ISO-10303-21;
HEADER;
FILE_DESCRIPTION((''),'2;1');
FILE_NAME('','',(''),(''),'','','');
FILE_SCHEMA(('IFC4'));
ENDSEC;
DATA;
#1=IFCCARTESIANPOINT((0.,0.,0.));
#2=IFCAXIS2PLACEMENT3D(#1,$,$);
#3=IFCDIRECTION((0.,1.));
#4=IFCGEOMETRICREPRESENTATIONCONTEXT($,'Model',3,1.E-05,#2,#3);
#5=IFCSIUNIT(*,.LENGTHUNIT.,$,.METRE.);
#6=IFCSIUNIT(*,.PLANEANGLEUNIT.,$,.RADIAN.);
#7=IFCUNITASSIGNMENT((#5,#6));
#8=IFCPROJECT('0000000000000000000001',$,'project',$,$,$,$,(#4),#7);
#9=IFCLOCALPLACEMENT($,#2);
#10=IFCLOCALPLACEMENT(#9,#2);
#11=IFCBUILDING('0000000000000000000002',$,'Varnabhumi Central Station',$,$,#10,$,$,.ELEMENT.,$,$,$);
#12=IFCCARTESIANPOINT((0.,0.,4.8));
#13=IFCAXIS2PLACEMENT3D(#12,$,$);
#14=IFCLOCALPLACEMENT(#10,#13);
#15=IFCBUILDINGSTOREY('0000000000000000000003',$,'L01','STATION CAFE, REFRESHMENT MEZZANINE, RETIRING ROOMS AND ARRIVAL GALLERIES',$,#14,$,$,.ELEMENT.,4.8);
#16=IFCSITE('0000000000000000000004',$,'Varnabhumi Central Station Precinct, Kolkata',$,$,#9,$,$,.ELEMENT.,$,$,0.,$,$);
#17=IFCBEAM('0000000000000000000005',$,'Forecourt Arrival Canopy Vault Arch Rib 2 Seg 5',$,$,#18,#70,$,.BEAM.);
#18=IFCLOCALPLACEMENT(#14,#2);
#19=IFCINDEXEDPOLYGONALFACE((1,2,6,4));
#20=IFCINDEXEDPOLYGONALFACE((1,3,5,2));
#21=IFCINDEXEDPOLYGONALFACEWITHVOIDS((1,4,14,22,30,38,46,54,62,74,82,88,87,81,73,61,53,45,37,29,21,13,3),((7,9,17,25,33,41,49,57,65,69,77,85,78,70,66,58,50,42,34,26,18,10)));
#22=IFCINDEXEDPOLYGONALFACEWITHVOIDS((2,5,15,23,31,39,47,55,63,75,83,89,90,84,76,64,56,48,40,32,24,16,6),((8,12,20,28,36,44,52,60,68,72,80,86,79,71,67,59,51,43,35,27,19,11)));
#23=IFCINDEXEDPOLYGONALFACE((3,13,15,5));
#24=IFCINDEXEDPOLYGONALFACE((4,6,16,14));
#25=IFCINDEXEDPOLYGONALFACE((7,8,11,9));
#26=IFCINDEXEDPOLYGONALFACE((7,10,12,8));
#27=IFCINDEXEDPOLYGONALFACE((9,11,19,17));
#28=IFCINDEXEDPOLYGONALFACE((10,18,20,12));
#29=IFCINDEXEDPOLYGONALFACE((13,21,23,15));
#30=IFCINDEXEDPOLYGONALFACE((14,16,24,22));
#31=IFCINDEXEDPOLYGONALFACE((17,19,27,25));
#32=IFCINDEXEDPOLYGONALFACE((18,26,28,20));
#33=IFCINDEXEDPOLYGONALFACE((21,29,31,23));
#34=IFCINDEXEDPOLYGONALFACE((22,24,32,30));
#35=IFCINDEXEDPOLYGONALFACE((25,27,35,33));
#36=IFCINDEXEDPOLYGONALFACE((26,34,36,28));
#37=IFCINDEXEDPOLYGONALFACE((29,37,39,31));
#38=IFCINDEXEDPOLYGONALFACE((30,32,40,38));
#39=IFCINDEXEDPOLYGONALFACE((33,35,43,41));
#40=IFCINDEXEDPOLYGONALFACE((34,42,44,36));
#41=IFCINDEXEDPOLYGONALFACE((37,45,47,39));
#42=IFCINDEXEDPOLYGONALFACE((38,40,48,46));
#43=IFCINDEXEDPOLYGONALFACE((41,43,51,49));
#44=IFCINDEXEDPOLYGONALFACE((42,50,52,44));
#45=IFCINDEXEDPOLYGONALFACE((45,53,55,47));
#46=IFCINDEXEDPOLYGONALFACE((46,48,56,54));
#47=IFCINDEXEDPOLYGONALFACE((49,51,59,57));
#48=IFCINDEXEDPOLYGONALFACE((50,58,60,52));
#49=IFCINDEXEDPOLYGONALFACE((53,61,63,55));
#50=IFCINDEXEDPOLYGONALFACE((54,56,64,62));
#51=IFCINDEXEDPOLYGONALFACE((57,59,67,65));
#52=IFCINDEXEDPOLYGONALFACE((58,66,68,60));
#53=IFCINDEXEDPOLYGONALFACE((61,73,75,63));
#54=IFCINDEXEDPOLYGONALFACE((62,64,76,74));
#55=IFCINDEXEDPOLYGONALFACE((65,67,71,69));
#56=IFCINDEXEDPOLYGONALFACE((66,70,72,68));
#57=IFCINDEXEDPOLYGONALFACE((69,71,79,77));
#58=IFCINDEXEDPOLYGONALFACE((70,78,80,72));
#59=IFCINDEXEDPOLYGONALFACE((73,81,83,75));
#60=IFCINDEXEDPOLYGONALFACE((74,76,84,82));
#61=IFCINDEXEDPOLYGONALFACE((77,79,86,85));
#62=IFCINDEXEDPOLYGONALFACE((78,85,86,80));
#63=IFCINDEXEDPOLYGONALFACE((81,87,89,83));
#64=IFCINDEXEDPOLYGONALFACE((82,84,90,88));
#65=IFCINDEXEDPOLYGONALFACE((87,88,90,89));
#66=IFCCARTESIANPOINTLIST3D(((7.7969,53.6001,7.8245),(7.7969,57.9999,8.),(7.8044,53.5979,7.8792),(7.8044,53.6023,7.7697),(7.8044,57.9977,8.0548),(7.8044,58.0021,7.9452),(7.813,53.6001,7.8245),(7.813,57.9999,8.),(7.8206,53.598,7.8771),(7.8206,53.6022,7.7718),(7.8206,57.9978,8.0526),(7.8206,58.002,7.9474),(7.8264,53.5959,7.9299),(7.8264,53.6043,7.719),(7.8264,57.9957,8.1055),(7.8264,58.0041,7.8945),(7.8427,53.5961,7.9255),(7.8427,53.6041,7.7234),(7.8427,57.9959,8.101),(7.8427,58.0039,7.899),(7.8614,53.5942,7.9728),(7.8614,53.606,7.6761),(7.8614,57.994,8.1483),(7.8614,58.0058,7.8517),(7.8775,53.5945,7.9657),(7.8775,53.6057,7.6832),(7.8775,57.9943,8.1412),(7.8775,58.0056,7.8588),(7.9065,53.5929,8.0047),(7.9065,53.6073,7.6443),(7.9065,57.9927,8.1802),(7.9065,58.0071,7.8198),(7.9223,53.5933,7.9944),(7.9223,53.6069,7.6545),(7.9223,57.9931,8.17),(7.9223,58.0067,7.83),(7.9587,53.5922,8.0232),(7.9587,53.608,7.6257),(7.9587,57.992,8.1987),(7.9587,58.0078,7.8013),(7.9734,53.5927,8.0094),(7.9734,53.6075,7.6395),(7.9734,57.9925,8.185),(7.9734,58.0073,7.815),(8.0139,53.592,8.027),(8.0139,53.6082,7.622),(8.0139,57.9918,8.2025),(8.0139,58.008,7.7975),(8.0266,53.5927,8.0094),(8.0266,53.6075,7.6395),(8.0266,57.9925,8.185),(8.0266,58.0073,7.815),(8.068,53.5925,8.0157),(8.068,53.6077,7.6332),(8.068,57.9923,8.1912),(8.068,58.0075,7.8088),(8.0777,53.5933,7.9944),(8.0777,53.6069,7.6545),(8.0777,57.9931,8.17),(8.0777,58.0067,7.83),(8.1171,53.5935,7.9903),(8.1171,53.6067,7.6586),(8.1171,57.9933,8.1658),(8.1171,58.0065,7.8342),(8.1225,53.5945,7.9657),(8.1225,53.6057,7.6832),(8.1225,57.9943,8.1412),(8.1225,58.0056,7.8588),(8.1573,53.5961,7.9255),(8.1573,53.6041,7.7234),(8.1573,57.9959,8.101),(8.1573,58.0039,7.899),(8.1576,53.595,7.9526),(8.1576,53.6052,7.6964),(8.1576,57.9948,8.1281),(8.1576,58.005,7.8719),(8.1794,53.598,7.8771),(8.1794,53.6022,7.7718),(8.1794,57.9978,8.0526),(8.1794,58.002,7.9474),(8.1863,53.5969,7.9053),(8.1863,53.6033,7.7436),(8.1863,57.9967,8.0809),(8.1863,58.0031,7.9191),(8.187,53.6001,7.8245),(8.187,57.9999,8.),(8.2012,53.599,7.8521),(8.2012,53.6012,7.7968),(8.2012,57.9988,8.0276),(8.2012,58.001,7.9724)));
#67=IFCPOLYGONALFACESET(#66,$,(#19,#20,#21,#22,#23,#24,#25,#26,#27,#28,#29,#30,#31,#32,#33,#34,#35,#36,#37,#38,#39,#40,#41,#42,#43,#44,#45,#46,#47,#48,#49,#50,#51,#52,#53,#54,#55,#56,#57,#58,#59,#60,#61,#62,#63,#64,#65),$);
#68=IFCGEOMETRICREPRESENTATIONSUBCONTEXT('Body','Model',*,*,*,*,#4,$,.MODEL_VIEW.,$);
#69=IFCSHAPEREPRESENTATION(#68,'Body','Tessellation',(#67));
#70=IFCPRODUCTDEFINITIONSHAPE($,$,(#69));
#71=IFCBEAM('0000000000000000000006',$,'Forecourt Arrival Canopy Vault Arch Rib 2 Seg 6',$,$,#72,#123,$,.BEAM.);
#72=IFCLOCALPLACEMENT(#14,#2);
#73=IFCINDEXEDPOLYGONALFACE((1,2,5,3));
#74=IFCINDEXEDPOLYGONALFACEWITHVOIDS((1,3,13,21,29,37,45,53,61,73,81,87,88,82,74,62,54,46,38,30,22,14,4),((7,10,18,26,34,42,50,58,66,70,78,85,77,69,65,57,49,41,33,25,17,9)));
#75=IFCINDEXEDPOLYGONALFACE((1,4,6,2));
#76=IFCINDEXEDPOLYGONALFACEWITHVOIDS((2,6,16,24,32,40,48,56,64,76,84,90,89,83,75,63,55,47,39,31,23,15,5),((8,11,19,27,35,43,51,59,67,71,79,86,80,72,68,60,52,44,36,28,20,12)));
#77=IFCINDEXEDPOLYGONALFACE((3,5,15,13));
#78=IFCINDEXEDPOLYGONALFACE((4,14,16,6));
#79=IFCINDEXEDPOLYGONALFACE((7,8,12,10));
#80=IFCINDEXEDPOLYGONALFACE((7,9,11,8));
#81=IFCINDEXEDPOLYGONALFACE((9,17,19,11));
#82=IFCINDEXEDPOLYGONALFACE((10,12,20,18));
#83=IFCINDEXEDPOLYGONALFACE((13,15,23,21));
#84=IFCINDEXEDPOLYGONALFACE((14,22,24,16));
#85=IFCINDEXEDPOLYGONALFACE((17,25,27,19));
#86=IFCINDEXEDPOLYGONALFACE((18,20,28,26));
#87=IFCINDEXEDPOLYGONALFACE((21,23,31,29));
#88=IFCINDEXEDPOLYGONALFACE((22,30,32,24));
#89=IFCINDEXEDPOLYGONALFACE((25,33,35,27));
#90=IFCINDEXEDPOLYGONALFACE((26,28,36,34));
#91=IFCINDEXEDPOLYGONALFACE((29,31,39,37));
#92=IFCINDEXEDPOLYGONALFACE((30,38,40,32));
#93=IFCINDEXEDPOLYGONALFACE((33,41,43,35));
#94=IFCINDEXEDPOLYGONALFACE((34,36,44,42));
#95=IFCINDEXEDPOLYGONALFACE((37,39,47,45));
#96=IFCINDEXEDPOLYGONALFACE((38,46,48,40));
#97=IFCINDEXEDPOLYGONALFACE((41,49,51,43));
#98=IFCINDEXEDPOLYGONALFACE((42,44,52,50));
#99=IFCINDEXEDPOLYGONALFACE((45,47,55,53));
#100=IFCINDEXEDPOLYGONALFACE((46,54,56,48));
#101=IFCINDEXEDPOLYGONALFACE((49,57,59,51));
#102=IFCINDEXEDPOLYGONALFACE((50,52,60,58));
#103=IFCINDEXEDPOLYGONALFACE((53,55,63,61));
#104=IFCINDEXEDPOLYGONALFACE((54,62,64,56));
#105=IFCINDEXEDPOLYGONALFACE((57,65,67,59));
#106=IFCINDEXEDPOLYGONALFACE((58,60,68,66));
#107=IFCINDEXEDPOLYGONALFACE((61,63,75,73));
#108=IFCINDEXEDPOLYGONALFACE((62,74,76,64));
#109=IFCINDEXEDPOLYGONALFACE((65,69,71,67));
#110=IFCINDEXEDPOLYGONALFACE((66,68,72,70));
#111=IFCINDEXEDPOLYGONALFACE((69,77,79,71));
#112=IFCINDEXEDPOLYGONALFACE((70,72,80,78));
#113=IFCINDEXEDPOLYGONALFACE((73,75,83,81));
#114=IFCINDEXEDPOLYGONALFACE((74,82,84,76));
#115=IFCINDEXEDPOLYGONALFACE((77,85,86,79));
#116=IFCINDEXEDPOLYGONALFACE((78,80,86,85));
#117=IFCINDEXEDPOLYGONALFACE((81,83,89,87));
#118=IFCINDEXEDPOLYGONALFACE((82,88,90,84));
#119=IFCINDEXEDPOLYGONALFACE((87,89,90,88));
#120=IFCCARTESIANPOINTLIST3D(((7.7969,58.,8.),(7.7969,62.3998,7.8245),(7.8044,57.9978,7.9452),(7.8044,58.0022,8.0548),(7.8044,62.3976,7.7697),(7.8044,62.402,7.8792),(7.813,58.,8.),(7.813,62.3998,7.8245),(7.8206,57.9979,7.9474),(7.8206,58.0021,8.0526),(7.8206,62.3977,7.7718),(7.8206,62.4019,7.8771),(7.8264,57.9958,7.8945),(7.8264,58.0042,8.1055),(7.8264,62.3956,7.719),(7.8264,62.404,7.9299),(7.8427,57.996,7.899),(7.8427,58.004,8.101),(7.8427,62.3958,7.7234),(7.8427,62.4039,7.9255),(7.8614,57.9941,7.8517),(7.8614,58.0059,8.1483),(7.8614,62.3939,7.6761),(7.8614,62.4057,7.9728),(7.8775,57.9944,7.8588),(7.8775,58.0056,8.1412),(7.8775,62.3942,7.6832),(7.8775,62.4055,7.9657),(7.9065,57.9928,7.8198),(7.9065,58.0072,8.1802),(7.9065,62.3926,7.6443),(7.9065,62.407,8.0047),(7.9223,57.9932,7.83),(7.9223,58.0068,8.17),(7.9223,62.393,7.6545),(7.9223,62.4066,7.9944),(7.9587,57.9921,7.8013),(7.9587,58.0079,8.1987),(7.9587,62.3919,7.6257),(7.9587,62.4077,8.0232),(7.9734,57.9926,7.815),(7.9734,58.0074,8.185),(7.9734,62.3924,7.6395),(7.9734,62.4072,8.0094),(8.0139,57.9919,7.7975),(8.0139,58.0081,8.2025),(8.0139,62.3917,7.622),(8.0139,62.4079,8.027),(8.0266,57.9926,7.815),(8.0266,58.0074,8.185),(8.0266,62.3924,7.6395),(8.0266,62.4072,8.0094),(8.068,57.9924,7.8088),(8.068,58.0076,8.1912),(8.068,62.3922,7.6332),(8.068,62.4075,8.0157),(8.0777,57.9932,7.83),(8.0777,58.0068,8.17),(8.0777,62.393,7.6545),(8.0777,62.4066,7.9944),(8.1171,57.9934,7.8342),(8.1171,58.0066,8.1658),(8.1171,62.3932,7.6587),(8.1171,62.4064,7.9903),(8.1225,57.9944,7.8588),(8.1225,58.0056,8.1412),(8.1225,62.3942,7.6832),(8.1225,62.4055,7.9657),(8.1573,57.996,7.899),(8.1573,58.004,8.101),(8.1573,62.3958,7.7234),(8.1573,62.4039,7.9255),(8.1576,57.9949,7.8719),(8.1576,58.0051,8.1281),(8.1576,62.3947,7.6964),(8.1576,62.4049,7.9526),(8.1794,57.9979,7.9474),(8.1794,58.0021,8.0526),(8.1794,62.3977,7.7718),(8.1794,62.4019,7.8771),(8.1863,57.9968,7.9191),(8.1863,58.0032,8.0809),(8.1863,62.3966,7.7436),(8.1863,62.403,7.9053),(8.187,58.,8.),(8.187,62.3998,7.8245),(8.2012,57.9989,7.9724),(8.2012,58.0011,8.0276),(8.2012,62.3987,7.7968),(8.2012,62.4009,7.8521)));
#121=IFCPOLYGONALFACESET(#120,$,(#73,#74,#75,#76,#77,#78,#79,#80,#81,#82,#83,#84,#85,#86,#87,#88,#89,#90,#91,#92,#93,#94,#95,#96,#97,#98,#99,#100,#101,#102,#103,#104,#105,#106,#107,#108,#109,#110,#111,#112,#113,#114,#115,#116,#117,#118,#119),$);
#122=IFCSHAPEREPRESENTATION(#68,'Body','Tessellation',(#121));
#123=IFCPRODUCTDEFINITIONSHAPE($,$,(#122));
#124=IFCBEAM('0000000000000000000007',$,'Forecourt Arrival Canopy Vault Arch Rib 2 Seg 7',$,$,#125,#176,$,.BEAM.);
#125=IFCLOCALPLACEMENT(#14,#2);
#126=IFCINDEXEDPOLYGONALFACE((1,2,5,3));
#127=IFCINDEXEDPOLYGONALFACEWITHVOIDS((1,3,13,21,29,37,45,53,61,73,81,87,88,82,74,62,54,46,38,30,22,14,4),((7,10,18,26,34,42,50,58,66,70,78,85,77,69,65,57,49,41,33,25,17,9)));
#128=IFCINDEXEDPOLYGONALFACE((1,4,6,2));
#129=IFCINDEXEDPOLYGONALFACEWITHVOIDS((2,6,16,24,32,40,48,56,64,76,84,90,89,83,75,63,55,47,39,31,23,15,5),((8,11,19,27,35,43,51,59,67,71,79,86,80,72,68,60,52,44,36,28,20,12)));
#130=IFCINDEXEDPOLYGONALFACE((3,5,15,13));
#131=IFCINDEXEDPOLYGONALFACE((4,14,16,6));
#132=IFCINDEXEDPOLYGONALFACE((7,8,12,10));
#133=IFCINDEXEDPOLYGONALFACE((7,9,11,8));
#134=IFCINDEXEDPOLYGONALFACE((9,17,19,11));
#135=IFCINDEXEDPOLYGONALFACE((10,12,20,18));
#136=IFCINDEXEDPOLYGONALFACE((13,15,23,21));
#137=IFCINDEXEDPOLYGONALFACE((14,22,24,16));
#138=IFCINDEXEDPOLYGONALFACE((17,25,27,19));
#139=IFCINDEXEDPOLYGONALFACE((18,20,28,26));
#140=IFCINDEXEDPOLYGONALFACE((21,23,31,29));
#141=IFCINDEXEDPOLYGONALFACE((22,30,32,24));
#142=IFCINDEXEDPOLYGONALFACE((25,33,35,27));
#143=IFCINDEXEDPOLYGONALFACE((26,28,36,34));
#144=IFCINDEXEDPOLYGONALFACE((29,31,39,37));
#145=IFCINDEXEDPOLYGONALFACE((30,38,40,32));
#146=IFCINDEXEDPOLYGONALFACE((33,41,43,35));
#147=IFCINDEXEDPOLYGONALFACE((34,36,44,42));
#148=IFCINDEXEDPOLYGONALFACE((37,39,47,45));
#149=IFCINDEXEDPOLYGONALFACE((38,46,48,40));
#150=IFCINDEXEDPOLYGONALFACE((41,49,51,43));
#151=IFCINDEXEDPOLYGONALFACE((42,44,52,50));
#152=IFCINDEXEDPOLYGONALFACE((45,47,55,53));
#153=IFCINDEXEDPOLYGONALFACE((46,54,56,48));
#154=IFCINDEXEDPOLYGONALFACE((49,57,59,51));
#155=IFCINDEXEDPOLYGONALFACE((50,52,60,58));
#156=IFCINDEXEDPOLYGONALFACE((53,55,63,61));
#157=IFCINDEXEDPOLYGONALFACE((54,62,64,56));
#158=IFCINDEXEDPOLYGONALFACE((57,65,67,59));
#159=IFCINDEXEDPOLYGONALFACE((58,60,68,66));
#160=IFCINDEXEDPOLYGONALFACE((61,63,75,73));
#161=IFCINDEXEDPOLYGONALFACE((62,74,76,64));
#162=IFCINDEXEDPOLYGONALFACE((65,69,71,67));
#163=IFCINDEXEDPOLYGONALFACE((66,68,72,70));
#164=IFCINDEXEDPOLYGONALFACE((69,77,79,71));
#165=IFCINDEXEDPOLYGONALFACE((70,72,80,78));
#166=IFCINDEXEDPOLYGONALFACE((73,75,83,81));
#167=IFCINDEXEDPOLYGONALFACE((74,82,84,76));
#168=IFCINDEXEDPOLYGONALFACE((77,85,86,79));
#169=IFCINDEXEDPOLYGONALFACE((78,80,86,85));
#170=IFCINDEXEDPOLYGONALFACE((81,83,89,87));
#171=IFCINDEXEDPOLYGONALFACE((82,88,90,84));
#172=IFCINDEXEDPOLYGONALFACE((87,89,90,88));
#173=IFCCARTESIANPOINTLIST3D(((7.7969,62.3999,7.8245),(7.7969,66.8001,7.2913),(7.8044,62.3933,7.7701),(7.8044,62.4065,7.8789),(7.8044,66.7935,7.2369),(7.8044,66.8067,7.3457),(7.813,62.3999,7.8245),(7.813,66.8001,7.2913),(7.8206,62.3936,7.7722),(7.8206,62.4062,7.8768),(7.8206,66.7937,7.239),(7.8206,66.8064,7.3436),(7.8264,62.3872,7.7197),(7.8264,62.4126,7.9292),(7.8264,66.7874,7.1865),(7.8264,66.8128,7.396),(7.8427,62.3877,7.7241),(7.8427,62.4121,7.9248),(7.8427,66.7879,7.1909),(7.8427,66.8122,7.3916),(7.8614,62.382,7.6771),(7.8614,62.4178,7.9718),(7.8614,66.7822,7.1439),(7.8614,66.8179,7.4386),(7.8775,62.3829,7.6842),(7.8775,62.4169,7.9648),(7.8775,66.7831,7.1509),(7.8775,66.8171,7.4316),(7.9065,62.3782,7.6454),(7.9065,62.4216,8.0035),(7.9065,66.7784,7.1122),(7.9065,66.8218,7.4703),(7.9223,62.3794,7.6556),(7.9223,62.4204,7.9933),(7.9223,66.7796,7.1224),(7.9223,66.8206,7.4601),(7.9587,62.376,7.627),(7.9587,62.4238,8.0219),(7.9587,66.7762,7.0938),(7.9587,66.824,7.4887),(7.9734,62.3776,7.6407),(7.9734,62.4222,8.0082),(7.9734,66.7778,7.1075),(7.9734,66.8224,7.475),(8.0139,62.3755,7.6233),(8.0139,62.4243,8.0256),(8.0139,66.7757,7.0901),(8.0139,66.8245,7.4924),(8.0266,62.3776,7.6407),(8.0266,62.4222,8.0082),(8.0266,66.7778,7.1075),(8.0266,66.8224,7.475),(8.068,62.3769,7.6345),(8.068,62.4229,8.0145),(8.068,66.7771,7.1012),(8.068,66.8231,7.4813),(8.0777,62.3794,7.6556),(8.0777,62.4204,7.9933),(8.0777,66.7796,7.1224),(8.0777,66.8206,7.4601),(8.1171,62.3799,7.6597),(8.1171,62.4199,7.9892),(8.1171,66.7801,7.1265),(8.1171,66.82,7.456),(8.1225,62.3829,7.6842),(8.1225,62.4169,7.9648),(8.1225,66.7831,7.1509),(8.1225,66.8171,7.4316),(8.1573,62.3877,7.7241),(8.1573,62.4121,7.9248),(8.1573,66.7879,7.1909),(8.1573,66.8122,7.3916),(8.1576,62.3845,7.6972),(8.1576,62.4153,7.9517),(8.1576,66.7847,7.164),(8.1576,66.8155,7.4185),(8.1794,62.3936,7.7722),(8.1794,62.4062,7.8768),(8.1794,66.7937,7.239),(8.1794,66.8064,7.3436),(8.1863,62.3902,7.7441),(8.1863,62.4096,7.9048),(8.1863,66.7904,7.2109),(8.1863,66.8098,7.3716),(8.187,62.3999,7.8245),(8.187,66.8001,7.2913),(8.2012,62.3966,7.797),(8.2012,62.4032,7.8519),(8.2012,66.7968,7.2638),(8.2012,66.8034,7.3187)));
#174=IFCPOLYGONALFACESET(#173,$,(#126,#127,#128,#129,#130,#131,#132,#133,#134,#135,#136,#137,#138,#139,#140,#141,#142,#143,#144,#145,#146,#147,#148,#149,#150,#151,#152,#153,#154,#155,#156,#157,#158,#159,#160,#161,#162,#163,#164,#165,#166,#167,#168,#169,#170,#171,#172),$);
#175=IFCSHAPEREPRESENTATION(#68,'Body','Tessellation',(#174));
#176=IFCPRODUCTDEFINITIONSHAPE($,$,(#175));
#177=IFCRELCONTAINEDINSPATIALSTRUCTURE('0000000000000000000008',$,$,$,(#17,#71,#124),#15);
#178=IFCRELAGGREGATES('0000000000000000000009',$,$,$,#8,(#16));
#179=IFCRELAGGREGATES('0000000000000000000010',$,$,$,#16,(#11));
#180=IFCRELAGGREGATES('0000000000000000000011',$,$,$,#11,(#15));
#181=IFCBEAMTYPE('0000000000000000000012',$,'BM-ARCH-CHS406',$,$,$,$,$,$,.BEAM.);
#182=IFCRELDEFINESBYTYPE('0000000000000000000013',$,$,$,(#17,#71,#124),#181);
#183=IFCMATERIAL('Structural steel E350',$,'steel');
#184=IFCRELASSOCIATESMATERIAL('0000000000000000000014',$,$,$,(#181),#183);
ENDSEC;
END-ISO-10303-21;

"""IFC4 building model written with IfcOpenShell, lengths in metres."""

from ifc_helpers import new_model, si_unit, direction, frame, origin, origin_2d, place, context, subcontext, project, spatial, hollow_circle, extrude, material, material_profile, profile_set, type_object, element, save


model = new_model("IFC4")

# Units and contexts
model_context = context("Model", 3, precision=1e-05, world=origin(), true_north=direction((0.0, 1.0)))
body_context = subcontext(model_context, "Body", "Model", "MODEL_VIEW")
ifc_project = project(units=[si_unit("LENGTHUNIT", "METRE"), si_unit("PLANEANGLEUNIT", "RADIAN")], contexts=[model_context])

# Site, building, storey
site_placement = place(None, origin())
site = spatial("IfcSite", under=ifc_project, at=site_placement, Name="Varnabhumi Central Station Precinct, Kolkata", CompositionType="ELEMENT", RefElevation=0.0)
building_placement = place(site_placement, origin())
building = spatial("IfcBuilding", under=site, at=building_placement, Name="Varnabhumi Central Station", CompositionType="ELEMENT")
storey_placement = place(building_placement, frame((0.0, 0.0, 4.8)))
storey = spatial("IfcBuildingStorey", under=building, at=storey_placement, Name="L01", Description="STATION CAFE, REFRESHMENT MEZZANINE, RETIRING ROOMS AND ARRIVAL GALLERIES", CompositionType="ELEMENT", Elevation=4.8)

# Beams
ifc_material_1 = material(Name="Structural steel E350", Category="steel")
ifc_material_profile_1 = material_profile(ifc_material_1, hollow_circle(Radius=0.2031, WallThickness=0.0161, at=origin_2d()), Name="Structural steel E350", Category="steel")
ifc_profile_set_1 = profile_set([ifc_material_profile_1], Name="Structural steel E350")
beam_type_1 = type_object("IfcBeamType", Name="BM-ARCH-CHS406", PredefinedType="BEAM", material=ifc_profile_set_1)
for number, where, z_axis, x_axis, name in (
    (1, (8.0, 53.6001, 7.8245), (0.0, 0.999205, 0.039864), (-1.0, 0.0, 0.0), "Forecourt Arrival Canopy Vault Arch Rib 2 Seg 5"),
    (2, (8.0, 58.0, 8.0), (0.0, 0.999205, -0.039864), (-1.0, 0.0, 0.0), "Forecourt Arrival Canopy Vault Arch Rib 2 Seg 6"),
):
    element("IfcBeam", number, at=place(storey_placement, frame(where, z_axis=z_axis, x_axis=x_axis)), inside=storey, type_object=beam_type_1, Name=name, PredefinedType="BEAM", context=body_context, shape_type="SweptSolid", body=[
        extrude(hollow_circle(Radius=0.2031, WallThickness=0.0161, at=origin_2d()), origin(), (0.0, 0.0, 1.0), 4.4033),
    ])
beam_1_placement = place(storey_placement, frame((8.0, 62.3999, 7.8245), z_axis=(0.0, 0.992738, -0.120298), x_axis=(-1.0, 0.0, 0.0)))
element("IfcBeam", 3, at=beam_1_placement, inside=storey, type_object=beam_type_1, Name="Forecourt Arrival Canopy Vault Arch Rib 2 Seg 7", PredefinedType="BEAM", context=body_context, shape_type="SweptSolid", body=[
    extrude(hollow_circle(Radius=0.2031, WallThickness=0.0161, at=origin_2d()), origin(), (0.0, 0.0, 1.0), 4.4324),
])

save(model, "model.ifc")
